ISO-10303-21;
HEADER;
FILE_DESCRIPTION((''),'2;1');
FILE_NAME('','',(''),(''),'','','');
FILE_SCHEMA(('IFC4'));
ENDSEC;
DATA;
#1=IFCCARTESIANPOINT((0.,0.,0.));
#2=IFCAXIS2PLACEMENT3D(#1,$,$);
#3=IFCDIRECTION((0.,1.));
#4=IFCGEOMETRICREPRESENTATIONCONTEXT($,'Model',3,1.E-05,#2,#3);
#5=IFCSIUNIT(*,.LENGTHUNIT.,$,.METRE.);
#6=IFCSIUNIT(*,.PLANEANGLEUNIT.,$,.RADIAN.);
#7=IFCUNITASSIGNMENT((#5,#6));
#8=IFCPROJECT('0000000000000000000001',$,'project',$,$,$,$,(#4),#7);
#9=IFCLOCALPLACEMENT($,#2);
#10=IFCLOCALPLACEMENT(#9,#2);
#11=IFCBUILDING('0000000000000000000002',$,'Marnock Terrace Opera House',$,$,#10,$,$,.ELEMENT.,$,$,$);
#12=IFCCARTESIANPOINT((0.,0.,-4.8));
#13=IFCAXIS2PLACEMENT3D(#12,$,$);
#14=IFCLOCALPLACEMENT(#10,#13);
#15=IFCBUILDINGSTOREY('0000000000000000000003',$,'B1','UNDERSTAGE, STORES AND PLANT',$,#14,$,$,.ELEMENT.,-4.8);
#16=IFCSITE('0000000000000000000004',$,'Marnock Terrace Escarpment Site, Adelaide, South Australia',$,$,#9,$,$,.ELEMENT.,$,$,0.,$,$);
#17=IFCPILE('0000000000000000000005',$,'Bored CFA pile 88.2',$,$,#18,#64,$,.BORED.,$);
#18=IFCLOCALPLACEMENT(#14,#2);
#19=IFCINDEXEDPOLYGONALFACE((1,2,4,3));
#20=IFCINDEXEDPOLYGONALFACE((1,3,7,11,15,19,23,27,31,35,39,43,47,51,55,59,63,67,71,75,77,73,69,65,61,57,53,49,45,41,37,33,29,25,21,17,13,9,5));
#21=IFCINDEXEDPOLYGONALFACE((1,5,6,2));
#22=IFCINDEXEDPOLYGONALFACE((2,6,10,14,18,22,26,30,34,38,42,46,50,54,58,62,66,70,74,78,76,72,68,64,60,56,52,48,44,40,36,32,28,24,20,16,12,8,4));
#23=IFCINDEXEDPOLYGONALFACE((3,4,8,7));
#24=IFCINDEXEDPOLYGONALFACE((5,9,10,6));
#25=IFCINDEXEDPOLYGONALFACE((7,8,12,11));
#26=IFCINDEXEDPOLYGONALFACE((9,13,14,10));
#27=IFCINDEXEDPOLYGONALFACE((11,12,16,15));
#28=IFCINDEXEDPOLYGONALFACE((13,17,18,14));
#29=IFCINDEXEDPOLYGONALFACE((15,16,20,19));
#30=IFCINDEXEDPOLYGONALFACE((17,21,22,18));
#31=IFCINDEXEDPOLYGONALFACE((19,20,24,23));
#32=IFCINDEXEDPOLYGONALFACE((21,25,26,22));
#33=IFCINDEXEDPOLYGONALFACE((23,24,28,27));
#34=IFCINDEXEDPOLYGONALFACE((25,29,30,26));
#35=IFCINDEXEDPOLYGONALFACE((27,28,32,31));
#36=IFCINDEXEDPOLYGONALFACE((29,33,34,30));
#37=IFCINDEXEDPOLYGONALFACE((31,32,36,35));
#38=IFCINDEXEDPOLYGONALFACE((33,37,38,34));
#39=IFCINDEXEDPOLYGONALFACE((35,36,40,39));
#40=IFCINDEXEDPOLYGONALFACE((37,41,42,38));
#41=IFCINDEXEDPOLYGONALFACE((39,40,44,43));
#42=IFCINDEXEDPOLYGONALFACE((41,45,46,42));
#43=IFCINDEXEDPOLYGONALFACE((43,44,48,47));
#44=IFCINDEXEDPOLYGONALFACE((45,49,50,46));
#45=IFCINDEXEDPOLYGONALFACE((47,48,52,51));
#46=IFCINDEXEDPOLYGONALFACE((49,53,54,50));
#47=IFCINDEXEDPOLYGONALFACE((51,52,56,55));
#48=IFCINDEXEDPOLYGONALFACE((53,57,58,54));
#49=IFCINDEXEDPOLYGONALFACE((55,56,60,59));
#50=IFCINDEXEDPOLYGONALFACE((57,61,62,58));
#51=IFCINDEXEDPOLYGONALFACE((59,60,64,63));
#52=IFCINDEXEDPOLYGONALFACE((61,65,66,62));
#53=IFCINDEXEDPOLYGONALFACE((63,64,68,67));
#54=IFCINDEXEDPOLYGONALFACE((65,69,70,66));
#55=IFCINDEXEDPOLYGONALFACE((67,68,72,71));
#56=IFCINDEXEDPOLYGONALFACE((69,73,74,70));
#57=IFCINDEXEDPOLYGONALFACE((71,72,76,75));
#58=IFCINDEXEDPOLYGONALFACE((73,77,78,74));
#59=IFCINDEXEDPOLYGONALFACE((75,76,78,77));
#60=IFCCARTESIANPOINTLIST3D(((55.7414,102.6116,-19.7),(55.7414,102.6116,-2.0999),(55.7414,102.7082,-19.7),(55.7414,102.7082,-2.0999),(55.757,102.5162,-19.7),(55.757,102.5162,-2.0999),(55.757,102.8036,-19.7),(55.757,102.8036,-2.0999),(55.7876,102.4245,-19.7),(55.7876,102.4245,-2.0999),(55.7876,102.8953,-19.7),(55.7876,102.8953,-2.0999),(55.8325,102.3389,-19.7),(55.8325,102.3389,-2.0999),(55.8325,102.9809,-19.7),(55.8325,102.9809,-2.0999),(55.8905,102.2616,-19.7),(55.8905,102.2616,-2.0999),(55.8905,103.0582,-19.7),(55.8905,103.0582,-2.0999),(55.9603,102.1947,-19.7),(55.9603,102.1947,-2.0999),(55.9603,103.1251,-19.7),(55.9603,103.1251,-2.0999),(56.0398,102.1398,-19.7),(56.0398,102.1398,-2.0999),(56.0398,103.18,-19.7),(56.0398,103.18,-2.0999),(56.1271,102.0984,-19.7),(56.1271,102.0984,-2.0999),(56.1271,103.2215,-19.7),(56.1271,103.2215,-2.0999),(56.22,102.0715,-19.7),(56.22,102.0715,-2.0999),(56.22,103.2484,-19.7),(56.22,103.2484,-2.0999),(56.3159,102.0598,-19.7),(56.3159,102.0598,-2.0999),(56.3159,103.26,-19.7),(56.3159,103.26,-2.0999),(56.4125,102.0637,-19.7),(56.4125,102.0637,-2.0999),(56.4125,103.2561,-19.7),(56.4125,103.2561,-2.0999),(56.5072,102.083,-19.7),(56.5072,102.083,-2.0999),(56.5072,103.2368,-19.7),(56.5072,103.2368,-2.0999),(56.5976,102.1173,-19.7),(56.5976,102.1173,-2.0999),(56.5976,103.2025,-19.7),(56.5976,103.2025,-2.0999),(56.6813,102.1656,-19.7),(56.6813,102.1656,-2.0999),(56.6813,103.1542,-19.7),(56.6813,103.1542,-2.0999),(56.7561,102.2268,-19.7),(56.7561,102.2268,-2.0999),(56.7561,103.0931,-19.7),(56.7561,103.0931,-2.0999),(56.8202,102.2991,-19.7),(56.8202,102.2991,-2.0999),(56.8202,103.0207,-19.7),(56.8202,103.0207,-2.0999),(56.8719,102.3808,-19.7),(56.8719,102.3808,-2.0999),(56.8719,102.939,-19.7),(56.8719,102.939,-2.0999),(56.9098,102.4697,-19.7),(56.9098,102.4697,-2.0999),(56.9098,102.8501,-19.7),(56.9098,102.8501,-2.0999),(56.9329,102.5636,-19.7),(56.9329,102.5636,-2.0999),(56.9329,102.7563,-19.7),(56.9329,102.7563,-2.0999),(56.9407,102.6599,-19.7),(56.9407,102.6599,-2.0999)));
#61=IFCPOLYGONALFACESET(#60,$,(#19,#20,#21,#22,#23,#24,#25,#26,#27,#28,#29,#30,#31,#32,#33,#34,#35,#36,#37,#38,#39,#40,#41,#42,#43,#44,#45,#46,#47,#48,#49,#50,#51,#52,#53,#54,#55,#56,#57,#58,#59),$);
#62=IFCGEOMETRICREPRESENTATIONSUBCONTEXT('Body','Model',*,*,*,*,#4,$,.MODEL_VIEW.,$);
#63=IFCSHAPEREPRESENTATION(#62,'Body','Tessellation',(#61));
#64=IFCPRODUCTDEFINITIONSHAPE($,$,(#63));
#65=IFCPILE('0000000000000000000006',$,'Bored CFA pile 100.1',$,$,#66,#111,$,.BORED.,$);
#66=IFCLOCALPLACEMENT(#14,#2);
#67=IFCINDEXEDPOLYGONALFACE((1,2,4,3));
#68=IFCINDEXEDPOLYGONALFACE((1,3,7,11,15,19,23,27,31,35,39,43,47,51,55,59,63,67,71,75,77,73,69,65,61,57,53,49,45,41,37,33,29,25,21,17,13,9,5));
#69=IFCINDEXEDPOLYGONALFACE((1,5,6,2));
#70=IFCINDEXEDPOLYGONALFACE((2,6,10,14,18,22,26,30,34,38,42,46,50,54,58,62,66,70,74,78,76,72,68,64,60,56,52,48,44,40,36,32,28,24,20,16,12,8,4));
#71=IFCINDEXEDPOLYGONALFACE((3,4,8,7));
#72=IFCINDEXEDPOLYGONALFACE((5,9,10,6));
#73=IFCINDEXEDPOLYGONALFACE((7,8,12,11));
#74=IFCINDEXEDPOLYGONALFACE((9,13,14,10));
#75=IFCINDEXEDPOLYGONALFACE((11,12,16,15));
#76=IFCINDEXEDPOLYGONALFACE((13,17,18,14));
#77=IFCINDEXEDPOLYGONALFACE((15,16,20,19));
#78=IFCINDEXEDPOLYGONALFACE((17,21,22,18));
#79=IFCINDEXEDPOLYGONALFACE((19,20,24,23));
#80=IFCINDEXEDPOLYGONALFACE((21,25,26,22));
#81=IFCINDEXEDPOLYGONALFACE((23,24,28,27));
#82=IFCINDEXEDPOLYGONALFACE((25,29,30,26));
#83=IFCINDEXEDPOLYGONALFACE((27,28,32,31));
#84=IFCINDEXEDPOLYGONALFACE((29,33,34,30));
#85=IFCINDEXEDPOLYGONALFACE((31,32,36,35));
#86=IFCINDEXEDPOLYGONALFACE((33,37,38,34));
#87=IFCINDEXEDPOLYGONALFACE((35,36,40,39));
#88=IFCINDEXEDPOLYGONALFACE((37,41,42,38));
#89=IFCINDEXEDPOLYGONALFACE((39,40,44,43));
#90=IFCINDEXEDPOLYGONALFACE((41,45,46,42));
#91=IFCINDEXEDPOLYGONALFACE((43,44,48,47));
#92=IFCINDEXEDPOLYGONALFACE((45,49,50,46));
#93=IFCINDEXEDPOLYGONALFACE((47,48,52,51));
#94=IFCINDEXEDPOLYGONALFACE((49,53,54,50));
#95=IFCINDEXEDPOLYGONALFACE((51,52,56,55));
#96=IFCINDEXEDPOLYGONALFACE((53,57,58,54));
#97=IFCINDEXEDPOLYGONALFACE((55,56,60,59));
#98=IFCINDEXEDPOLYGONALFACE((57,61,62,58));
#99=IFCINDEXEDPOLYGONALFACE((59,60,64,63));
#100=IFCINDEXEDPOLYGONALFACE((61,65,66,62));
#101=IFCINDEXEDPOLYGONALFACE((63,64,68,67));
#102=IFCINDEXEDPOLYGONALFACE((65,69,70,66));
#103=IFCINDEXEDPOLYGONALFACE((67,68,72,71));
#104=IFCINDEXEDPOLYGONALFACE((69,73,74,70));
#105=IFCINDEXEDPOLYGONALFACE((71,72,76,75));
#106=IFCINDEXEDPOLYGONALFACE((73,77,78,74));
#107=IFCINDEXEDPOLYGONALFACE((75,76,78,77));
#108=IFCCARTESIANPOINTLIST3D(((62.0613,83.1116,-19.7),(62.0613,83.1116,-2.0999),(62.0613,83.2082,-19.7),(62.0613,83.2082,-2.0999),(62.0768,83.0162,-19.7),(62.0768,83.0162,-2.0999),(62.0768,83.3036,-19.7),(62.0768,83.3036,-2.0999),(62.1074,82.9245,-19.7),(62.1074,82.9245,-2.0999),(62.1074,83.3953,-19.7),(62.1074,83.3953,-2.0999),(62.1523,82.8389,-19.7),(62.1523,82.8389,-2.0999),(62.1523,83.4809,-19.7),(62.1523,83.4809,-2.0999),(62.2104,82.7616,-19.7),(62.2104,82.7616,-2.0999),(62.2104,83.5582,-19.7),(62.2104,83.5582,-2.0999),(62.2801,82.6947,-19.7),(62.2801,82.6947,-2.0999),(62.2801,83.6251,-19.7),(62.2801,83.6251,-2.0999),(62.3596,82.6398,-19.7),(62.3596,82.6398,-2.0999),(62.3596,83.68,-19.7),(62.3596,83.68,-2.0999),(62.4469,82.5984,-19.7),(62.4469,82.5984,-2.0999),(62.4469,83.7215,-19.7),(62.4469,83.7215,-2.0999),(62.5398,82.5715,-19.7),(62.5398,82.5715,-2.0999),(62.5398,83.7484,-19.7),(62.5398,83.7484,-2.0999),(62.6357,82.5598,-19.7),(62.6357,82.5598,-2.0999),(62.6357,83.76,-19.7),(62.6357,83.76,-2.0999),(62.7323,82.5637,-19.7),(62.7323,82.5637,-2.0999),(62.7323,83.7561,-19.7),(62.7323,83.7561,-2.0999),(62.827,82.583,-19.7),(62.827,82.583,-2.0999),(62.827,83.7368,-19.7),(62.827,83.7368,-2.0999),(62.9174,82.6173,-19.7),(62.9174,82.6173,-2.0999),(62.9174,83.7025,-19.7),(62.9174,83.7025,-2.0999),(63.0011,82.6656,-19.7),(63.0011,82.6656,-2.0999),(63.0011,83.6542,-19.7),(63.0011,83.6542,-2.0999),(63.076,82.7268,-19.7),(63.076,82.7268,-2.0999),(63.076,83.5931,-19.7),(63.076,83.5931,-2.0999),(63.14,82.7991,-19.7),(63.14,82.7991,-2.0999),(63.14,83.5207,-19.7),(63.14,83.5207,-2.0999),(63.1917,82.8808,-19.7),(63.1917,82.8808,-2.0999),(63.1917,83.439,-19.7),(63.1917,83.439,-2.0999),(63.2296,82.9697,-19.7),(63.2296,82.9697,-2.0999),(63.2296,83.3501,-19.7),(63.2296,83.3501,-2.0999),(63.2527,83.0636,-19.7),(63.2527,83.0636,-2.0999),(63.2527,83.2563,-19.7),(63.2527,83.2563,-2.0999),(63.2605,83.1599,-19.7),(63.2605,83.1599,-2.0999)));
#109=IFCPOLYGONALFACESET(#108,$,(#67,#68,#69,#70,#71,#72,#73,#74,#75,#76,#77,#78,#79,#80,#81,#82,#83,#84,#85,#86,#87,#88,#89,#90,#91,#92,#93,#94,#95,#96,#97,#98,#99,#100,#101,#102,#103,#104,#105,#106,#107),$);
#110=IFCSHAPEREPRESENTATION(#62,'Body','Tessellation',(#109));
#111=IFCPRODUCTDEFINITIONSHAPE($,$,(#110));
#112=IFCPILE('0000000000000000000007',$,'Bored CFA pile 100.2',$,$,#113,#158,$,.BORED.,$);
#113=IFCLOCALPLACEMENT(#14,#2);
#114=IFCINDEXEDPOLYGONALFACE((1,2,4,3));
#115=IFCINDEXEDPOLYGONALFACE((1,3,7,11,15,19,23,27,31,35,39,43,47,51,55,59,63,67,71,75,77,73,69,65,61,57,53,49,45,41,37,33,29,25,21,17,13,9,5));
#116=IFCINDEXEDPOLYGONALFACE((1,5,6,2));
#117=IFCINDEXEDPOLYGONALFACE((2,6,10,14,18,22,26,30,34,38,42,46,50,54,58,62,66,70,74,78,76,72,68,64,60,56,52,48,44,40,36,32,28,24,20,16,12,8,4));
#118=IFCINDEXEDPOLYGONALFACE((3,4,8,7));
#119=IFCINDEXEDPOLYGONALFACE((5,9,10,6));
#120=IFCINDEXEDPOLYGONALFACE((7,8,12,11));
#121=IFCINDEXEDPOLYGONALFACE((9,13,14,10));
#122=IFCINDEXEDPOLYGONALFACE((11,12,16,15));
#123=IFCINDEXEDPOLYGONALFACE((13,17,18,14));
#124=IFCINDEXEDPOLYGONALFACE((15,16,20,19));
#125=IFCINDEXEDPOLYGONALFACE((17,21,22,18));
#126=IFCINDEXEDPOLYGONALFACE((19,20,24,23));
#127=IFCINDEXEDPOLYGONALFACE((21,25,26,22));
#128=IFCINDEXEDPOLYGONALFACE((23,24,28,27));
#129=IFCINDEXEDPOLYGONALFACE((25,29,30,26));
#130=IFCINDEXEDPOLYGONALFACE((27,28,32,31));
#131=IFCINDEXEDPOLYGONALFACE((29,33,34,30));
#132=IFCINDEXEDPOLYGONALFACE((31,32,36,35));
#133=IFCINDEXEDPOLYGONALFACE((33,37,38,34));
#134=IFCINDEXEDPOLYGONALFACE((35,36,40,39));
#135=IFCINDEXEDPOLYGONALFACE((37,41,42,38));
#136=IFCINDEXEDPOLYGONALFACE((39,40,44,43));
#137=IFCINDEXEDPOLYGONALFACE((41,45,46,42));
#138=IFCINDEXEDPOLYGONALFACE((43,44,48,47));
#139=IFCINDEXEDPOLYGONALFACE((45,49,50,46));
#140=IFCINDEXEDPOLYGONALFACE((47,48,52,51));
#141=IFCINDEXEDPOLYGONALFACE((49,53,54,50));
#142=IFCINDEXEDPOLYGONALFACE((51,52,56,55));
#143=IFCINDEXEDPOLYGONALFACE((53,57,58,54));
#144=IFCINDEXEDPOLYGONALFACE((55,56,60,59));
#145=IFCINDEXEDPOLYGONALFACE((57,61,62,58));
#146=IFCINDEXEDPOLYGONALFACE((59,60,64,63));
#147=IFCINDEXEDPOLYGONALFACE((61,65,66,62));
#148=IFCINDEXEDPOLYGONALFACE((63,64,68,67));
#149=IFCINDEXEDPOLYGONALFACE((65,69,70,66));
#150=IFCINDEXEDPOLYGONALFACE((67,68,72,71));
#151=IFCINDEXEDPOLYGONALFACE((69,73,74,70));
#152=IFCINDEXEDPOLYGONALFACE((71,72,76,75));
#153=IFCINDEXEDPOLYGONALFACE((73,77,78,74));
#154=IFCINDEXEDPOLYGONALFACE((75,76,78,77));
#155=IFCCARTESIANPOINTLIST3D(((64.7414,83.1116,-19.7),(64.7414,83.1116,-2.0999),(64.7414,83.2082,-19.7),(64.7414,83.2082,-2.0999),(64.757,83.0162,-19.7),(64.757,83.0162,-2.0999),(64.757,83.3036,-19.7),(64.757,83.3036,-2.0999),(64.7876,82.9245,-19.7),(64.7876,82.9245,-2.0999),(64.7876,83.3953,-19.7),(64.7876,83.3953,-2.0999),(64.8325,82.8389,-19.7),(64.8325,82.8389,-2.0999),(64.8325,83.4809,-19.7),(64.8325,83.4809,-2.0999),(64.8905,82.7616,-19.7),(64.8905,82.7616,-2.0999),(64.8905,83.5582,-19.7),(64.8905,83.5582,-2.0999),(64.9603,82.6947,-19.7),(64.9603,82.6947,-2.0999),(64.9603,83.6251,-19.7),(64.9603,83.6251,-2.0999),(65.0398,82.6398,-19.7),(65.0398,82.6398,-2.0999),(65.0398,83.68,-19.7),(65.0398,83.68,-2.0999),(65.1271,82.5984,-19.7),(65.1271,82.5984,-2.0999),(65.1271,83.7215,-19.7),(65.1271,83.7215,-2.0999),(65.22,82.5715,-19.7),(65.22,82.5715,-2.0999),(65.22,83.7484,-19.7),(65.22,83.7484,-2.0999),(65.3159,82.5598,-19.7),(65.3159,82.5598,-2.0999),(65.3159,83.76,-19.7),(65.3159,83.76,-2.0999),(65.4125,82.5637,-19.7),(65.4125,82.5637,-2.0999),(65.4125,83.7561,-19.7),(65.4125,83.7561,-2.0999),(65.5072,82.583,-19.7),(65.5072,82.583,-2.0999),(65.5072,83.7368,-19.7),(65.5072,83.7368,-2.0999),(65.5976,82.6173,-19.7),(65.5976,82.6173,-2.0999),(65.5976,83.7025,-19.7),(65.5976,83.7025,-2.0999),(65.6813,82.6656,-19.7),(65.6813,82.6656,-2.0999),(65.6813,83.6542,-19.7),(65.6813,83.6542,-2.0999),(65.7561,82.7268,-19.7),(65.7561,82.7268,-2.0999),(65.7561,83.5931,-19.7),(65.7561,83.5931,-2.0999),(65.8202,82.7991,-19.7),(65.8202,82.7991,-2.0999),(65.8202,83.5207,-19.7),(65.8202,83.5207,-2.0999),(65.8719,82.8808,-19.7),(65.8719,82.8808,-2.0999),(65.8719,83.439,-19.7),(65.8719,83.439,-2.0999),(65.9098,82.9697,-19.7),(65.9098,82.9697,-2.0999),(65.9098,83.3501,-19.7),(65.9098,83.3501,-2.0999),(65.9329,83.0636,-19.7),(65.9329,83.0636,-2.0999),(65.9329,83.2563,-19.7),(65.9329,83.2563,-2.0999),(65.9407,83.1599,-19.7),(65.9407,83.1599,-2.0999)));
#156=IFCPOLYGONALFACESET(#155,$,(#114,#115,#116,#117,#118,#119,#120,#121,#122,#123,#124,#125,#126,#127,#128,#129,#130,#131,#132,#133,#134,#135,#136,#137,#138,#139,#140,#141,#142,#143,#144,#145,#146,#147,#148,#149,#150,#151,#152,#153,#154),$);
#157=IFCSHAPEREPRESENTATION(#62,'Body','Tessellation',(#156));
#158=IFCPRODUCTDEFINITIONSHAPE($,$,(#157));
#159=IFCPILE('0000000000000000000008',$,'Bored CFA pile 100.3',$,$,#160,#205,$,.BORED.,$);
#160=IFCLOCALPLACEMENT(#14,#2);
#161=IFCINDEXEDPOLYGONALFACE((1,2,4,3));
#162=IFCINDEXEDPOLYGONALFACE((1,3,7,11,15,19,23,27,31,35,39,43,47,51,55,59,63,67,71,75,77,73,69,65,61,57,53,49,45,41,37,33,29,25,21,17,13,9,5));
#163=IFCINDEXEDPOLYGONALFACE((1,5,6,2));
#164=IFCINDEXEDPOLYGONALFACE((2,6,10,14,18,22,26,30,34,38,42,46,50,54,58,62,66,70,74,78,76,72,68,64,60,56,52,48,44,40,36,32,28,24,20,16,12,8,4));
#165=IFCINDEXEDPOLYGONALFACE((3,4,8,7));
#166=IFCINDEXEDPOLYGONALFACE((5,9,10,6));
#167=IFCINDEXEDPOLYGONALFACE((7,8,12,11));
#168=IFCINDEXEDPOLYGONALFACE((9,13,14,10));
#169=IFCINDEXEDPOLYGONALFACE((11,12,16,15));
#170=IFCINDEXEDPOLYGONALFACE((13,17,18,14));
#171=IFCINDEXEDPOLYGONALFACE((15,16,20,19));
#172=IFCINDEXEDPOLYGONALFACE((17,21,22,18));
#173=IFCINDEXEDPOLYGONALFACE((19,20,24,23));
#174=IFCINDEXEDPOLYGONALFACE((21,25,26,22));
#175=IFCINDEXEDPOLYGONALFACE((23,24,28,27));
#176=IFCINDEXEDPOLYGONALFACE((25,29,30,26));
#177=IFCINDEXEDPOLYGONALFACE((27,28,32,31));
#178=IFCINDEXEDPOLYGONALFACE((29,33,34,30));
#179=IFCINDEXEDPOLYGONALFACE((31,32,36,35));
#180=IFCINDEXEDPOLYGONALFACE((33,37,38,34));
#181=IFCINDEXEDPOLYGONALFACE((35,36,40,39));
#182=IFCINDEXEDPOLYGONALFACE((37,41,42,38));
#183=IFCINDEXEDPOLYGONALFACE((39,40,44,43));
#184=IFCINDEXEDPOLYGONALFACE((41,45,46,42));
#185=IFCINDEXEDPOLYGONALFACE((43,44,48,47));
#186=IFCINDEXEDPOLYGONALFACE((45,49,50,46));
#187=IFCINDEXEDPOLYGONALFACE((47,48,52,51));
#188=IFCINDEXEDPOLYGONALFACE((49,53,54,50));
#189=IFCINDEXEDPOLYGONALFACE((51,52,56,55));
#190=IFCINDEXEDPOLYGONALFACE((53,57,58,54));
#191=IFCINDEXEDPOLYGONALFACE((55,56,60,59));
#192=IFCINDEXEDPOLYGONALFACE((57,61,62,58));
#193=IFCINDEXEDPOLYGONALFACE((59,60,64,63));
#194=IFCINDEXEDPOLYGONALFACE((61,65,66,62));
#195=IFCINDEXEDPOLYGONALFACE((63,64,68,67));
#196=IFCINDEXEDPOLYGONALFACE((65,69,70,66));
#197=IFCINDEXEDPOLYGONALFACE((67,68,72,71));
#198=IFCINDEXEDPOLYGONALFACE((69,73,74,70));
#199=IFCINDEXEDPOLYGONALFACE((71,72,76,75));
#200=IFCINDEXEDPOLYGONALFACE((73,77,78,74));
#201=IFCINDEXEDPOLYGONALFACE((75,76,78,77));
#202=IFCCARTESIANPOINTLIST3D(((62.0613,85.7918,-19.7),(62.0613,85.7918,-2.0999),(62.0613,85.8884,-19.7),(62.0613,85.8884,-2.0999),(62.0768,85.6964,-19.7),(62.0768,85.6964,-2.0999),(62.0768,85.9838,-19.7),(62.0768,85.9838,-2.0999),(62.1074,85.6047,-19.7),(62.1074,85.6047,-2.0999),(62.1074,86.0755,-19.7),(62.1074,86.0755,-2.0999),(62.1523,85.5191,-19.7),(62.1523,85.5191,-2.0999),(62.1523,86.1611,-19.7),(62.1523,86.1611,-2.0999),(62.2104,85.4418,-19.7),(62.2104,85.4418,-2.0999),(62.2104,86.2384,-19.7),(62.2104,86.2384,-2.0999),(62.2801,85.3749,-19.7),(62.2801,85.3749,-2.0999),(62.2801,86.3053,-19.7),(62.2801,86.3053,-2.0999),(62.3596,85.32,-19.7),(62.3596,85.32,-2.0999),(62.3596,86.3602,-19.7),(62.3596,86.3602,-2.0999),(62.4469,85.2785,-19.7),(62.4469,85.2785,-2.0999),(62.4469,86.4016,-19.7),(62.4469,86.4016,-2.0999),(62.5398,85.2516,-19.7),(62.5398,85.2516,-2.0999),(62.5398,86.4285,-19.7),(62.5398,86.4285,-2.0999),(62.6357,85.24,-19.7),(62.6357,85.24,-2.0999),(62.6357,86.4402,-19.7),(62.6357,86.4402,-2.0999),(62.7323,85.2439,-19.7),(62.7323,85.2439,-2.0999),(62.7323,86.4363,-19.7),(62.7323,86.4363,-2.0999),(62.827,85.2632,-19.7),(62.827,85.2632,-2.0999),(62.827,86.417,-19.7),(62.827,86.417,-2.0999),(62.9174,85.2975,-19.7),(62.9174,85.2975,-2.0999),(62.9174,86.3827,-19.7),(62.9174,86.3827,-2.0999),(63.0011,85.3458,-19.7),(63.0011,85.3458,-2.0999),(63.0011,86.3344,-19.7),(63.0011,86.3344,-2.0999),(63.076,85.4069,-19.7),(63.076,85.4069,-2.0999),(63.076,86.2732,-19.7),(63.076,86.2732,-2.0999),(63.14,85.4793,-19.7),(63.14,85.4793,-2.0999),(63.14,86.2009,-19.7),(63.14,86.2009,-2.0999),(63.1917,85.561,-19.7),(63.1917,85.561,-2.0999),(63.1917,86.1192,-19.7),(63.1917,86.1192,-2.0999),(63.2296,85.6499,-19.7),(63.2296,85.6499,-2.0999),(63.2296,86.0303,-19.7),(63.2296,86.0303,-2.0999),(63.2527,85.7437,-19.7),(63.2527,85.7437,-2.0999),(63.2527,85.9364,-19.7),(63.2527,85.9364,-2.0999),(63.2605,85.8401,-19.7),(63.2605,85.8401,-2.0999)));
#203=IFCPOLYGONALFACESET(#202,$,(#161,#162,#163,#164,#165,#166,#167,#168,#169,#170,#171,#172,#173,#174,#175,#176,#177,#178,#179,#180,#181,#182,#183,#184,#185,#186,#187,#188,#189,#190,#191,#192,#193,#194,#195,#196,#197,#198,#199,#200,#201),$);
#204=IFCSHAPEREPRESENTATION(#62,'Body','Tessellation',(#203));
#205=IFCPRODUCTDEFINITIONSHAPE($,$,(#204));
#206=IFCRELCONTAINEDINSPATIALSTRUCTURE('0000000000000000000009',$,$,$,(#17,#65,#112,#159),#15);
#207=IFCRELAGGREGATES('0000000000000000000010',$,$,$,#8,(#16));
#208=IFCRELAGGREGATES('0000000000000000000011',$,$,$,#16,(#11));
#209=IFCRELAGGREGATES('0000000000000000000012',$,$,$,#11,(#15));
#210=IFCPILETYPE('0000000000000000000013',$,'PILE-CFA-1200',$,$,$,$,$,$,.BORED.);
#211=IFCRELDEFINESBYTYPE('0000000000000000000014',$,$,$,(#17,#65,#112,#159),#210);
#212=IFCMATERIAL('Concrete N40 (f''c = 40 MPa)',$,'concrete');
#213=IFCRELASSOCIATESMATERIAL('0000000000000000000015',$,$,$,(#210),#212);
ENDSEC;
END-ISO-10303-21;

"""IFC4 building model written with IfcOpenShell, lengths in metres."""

from ifc_helpers import new_model, si_unit, direction, frame, origin, origin_2d, place, context, subcontext, project, spatial, circle, extrude, material, material_profile, profile_set, type_object, element, save


model = new_model("IFC4")

# Units and contexts
model_context = context("Model", 3, precision=1e-05, world=origin(), true_north=direction((0.0, 1.0)))
body_context = subcontext(model_context, "Body", "Model", "MODEL_VIEW")
ifc_project = project(units=[si_unit("LENGTHUNIT", "METRE"), si_unit("PLANEANGLEUNIT", "RADIAN")], contexts=[model_context])

# Site, building, storey
site_placement = place(None, origin())
site = spatial("IfcSite", under=ifc_project, at=site_placement, Name="Marnock Terrace Escarpment Site, Adelaide, South Australia", CompositionType="ELEMENT", RefElevation=0.0)
building_placement = place(site_placement, origin())
building = spatial("IfcBuilding", under=site, at=building_placement, Name="Marnock Terrace Opera House", CompositionType="ELEMENT")
storey_placement = place(building_placement, frame((0.0, 0.0, -4.8)))
storey = spatial("IfcBuildingStorey", under=building, at=storey_placement, Name="B1", Description="UNDERSTAGE, STORES AND PLANT", CompositionType="ELEMENT", Elevation=-4.8)

# Shared definitions
ifc_material_1 = material(Name="Concrete N40 (f'c = 40 MPa)", Category="concrete")

# Piles
ifc_material_profile_1 = material_profile(ifc_material_1, circle(Radius=0.6006, at=origin_2d()))
ifc_profile_set_1 = profile_set([ifc_material_profile_1], Name="Concrete N40 (f'c = 40 MPa)")
pile_type = type_object("IfcPileType", Name="PILE-CFA-1200", PredefinedType="BORED", material=ifc_profile_set_1)
for number, where, z_axis, x_axis, name in (
    (1, (56.3401, 102.6599, -2.0999), (0.0, 0.0, -1.0), (1.0, 0.0, 0.0), "Bored CFA pile 88.2"),
    (2, (62.6599, 83.1599, -2.0999), (0.0, 0.0, -1.0), (1.0, 0.0, 0.0), "Bored CFA pile 100.1"),
    (3, (65.3401, 83.1599, -2.0999), (0.0, 0.0, -1.0), (1.0, 0.0, 0.0), "Bored CFA pile 100.2"),
    (4, (62.6599, 85.8401, -2.0999), (0.0, 0.0, -1.0), (1.0, 0.0, 0.0), "Bored CFA pile 100.3"),
):
    element("IfcPile", number, at=place(storey_placement, frame(where, z_axis=z_axis, x_axis=x_axis)), inside=storey, type_object=pile_type, Name=name, PredefinedType="BORED", context=body_context, shape_type="SweptSolid", body=[
        extrude(circle(Radius=0.6006, at=origin_2d()), origin(), (0.0, 0.0, 1.0), 17.6001),
    ])

save(model, "model.ifc")
